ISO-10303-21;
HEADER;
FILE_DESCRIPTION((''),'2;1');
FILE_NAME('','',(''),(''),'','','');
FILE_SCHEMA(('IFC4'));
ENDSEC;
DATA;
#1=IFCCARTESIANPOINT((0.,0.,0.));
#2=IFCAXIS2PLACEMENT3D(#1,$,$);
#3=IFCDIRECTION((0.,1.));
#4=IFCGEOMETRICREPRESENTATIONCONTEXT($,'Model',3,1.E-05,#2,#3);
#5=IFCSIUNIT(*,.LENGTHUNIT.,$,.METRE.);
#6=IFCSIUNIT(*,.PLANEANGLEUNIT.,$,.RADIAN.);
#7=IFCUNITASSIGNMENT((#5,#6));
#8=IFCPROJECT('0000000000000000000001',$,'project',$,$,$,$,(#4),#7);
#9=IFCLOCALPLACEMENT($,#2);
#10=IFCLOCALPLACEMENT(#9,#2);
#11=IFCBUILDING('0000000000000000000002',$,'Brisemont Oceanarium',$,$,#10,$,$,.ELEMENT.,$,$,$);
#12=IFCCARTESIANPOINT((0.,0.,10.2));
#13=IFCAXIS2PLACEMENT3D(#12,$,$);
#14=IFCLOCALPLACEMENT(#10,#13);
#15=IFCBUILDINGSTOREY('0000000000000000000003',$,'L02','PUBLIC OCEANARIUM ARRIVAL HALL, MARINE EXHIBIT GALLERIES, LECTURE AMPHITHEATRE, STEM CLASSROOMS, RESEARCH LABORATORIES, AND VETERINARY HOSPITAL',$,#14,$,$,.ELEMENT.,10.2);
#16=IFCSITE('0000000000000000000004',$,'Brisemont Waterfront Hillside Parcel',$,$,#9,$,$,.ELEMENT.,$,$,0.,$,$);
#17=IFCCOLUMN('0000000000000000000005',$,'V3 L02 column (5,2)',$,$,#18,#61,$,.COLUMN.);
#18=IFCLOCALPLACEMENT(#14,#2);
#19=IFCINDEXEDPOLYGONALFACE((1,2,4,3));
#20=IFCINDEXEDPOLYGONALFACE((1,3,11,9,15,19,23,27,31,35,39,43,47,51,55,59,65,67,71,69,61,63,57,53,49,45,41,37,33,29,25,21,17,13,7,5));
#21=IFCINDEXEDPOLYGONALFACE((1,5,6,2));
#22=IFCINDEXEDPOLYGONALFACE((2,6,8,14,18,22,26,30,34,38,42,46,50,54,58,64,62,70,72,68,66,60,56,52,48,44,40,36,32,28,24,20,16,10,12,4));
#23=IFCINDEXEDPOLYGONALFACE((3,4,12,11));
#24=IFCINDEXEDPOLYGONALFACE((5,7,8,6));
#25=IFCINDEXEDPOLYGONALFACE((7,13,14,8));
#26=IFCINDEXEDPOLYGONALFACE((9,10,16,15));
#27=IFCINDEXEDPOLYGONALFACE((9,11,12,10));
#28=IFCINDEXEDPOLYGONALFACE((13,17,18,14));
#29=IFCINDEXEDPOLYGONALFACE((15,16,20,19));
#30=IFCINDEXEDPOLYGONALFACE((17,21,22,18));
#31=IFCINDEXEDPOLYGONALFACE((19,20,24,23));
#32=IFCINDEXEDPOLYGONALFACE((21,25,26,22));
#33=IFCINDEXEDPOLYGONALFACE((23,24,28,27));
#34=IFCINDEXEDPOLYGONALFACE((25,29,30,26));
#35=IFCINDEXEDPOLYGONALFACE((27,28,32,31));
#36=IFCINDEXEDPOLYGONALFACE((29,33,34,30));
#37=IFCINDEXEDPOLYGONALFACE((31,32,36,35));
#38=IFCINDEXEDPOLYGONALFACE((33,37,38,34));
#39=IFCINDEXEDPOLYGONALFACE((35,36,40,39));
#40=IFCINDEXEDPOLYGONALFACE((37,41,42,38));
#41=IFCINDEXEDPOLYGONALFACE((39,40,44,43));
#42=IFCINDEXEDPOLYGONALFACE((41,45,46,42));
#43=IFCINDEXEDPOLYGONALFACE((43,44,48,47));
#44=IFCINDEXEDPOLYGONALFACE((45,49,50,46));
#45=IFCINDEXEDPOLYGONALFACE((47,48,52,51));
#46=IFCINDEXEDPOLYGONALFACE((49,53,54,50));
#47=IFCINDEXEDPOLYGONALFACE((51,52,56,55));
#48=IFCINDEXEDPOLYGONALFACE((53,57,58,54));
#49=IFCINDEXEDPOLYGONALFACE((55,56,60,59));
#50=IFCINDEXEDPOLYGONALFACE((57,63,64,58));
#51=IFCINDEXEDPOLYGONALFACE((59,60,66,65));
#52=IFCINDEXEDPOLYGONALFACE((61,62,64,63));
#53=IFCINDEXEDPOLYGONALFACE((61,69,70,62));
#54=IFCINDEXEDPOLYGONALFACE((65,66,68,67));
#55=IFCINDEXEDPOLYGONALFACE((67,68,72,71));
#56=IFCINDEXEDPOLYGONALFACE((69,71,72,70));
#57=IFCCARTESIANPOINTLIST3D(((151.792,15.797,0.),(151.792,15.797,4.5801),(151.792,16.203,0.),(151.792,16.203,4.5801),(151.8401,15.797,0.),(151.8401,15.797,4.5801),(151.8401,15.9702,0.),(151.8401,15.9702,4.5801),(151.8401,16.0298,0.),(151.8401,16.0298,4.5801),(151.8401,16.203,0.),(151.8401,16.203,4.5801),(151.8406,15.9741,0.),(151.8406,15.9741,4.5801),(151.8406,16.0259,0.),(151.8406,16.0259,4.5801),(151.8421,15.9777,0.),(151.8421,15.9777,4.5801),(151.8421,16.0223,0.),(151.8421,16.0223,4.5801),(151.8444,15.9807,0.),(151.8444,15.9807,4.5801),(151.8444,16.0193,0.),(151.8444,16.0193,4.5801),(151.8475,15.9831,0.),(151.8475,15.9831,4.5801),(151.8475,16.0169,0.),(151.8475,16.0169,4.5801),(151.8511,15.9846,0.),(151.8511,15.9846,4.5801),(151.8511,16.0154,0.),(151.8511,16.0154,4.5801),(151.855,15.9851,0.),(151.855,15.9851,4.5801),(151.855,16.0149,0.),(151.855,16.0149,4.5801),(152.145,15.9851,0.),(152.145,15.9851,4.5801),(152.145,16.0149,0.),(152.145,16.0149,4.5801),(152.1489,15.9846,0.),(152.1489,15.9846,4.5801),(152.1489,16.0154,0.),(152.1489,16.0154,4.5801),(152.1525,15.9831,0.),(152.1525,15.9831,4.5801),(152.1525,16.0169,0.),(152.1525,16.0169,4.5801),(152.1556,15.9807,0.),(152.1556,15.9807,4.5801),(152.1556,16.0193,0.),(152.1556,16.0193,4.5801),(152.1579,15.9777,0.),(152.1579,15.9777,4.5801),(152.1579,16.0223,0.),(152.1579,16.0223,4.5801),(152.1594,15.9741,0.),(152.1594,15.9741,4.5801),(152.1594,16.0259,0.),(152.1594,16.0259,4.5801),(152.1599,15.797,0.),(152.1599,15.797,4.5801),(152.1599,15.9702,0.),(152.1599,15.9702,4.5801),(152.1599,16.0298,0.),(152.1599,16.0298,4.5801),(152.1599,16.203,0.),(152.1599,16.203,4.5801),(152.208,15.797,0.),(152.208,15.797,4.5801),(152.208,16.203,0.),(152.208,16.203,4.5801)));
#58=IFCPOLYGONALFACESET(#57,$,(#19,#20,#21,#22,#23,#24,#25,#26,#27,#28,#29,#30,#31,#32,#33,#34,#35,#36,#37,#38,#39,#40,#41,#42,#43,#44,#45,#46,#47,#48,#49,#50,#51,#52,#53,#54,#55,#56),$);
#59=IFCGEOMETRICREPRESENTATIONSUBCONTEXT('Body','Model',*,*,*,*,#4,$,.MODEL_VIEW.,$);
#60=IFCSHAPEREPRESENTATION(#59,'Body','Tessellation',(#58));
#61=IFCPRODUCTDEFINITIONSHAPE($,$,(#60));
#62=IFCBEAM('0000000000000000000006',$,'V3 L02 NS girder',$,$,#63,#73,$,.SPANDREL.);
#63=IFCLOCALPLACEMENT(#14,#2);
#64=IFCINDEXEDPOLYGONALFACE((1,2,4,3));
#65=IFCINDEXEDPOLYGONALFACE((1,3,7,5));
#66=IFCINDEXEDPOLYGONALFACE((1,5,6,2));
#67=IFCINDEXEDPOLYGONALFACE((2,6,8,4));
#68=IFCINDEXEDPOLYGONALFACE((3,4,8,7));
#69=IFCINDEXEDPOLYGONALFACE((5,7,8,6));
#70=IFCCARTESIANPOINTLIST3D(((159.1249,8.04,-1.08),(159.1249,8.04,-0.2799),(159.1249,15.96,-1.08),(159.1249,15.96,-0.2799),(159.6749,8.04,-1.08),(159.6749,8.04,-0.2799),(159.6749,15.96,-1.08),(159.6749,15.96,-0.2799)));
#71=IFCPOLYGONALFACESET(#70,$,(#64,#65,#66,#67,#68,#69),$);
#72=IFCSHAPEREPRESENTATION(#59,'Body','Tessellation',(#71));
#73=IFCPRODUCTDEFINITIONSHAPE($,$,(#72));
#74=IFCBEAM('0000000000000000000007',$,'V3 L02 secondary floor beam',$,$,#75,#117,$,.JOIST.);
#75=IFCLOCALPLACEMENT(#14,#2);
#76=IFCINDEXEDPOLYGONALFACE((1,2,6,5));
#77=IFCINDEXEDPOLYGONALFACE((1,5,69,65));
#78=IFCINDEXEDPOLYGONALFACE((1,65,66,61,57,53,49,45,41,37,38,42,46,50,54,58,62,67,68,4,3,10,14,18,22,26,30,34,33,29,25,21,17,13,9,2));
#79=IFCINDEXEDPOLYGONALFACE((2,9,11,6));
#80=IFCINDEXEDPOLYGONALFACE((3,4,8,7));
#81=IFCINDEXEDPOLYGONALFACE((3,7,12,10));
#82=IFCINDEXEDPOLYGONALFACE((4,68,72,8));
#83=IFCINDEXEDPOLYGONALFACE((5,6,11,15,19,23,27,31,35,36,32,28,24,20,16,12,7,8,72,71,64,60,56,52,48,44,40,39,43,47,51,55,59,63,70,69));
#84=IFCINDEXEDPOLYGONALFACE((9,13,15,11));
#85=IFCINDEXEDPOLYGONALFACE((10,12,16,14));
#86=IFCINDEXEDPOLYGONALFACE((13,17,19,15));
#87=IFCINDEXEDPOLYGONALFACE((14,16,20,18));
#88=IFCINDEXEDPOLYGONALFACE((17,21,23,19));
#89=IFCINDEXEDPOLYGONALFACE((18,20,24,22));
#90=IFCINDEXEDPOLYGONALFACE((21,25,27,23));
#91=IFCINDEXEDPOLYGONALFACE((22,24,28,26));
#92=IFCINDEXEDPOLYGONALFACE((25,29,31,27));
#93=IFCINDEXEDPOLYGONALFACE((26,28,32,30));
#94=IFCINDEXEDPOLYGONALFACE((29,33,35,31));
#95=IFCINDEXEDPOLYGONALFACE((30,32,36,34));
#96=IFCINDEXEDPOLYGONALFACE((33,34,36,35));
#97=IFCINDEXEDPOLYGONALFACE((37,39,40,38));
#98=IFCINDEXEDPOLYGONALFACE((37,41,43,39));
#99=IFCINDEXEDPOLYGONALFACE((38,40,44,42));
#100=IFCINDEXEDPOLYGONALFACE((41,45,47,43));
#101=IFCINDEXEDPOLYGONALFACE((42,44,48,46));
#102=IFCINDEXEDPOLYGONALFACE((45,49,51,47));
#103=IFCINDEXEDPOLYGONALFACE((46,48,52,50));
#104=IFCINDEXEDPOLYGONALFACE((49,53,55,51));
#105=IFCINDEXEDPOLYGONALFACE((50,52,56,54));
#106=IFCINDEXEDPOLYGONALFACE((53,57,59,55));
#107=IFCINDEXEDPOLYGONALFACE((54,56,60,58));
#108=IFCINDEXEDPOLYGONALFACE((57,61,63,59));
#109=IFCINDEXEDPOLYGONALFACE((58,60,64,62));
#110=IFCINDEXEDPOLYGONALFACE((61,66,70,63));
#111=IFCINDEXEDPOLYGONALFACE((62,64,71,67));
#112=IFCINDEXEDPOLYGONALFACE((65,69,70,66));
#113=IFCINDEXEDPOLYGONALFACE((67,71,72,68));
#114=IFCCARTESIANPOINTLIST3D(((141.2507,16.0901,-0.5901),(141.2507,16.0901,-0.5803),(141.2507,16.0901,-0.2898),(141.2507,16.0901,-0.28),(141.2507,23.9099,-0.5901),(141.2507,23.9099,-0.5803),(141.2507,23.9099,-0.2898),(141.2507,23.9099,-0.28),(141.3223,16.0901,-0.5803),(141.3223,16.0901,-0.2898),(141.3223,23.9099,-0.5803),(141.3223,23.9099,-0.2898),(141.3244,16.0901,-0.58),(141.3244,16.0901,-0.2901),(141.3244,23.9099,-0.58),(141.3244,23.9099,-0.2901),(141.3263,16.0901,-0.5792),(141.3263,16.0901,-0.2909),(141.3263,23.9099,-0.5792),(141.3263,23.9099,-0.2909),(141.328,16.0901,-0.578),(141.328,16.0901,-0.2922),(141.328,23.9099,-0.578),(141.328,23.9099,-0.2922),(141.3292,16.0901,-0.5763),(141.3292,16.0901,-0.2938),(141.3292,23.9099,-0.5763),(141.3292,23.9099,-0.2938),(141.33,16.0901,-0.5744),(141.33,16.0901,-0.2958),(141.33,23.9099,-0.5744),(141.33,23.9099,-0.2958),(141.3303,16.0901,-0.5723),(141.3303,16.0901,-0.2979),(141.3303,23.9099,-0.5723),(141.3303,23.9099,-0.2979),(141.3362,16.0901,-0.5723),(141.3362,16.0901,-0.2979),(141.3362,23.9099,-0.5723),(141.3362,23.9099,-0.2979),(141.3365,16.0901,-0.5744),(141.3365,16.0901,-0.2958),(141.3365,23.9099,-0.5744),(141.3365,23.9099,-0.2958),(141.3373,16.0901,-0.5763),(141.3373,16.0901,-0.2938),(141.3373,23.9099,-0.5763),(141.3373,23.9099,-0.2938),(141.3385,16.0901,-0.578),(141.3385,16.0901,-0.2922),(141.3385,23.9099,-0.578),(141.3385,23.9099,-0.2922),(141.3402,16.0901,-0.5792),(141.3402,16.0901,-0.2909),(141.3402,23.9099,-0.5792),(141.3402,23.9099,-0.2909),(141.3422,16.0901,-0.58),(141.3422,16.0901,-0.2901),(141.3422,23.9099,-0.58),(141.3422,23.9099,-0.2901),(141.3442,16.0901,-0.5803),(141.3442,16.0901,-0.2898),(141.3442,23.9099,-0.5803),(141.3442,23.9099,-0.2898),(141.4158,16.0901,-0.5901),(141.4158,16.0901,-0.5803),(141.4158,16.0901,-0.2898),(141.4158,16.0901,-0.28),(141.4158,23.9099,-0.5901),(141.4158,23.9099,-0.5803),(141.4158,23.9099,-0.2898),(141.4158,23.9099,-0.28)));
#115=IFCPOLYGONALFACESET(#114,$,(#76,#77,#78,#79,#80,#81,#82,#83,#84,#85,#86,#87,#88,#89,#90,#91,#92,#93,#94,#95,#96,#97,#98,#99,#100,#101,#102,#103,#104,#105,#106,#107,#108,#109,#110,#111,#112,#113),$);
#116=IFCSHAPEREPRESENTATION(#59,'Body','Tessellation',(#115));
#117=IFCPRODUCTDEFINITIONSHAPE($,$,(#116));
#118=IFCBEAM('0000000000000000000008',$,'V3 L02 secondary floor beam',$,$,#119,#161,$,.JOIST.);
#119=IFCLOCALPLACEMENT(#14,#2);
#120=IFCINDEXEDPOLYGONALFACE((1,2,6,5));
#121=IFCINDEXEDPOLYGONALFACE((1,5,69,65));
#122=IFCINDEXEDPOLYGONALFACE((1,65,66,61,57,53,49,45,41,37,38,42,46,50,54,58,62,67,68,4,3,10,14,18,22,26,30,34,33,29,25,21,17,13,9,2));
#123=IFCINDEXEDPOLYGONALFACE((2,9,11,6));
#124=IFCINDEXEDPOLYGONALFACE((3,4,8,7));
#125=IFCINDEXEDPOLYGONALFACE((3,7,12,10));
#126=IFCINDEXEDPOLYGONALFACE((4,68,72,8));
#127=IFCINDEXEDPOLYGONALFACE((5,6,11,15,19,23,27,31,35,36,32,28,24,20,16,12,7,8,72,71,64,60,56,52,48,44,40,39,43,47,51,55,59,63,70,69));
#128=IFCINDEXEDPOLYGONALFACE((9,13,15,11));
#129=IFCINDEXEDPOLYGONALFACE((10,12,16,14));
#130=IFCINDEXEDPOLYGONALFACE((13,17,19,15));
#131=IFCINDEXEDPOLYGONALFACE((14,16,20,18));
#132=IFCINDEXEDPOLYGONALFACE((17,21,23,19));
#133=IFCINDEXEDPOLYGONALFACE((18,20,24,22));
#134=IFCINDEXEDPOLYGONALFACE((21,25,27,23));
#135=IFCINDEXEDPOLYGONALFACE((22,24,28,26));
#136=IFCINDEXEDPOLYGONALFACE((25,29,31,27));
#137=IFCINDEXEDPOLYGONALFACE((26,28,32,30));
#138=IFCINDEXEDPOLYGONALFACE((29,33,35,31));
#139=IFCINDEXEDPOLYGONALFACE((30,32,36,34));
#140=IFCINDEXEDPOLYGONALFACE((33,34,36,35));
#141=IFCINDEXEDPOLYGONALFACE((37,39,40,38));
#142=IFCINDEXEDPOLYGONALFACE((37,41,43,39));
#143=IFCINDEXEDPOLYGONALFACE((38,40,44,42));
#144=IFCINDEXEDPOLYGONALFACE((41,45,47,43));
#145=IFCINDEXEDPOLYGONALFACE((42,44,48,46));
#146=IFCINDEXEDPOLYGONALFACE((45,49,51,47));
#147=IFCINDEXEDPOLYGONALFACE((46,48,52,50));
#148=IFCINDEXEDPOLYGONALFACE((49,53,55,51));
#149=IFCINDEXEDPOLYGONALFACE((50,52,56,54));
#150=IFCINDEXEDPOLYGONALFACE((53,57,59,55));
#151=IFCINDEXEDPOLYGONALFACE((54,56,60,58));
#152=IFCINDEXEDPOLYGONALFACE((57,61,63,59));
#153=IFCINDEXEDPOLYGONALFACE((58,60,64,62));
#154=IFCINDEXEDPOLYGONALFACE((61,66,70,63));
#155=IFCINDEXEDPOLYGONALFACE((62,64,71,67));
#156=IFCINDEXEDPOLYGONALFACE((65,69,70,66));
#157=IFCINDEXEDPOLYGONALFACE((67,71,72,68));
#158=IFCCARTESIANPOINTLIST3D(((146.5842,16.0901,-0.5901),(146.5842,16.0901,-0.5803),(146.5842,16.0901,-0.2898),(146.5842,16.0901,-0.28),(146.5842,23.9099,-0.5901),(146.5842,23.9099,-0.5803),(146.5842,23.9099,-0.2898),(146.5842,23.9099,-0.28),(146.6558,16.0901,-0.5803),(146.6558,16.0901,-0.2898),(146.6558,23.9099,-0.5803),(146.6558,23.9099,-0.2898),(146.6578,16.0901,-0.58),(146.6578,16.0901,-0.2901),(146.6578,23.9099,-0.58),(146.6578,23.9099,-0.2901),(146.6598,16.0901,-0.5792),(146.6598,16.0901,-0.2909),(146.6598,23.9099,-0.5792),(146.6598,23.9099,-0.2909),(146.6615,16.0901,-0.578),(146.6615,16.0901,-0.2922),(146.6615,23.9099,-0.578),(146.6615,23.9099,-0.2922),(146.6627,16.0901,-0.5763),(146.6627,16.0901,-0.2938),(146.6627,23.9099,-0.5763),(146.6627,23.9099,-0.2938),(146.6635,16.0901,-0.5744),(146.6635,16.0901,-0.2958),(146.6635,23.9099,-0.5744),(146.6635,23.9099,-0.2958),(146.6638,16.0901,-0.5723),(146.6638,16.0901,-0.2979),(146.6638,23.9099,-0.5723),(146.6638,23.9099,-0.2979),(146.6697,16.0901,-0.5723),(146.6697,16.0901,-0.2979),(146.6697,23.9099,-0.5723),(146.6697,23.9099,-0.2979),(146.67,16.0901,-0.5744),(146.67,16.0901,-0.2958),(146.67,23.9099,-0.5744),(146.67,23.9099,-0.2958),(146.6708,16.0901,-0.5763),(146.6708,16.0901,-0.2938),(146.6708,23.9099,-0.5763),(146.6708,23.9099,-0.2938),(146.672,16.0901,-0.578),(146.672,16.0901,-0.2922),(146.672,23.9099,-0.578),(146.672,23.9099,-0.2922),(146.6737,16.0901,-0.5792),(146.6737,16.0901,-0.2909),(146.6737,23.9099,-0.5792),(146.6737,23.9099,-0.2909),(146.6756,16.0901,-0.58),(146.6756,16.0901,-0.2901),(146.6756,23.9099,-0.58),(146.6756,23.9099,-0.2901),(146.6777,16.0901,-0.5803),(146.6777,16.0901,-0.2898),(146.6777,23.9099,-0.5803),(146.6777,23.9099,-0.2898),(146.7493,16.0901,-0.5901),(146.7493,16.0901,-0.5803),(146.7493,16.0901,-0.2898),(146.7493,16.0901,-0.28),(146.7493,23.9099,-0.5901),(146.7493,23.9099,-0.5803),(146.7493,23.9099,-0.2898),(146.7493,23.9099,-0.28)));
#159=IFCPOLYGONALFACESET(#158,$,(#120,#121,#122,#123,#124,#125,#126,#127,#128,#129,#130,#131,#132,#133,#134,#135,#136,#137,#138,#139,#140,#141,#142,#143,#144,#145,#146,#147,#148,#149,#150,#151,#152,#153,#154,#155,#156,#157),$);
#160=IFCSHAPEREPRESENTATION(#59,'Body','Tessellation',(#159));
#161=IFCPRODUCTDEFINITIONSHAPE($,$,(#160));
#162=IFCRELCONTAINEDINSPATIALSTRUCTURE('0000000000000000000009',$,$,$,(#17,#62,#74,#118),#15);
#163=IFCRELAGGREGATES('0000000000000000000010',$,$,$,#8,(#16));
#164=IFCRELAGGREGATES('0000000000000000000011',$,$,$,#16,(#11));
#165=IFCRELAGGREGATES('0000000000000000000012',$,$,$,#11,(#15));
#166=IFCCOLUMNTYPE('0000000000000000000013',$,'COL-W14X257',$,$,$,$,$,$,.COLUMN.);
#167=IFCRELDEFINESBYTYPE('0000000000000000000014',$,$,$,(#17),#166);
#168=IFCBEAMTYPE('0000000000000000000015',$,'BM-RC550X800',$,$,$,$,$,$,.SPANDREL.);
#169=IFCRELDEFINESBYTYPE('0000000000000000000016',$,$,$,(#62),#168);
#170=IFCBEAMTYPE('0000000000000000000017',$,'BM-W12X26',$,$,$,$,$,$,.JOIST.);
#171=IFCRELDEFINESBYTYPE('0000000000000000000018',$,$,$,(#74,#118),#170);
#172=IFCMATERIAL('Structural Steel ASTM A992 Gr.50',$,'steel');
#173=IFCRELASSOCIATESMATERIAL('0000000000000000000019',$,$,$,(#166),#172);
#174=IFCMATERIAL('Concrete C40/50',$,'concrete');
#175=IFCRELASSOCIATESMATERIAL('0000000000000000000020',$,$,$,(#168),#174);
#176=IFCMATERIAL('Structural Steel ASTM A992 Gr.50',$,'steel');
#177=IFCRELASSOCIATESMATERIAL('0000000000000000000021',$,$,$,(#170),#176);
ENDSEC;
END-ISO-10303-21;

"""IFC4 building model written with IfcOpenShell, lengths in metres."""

from ifc_helpers import new_model, si_unit, direction, frame, origin, origin_2d, place, context, subcontext, project, spatial, rectangle, i_section, extrude, material, material_profile, profile_set, type_object, element, save


model = new_model("IFC4")

# Units and contexts
model_context = context("Model", 3, precision=1e-05, world=origin(), true_north=direction((0.0, 1.0)))
body_context = subcontext(model_context, "Body", "Model", "MODEL_VIEW")
ifc_project = project(units=[si_unit("LENGTHUNIT", "METRE"), si_unit("PLANEANGLEUNIT", "RADIAN")], contexts=[model_context])

# Site, building, storey
site_placement = place(None, origin())
site = spatial("IfcSite", under=ifc_project, at=site_placement, Name="Brisemont Waterfront Hillside Parcel", CompositionType="ELEMENT", RefElevation=0.0)
building_placement = place(site_placement, origin())
building = spatial("IfcBuilding", under=site, at=building_placement, Name="Brisemont Oceanarium", CompositionType="ELEMENT")
storey_placement = place(building_placement, frame((0.0, 0.0, 10.2)))
storey = spatial("IfcBuildingStorey", under=building, at=storey_placement, Name="L02", Description="PUBLIC OCEANARIUM ARRIVAL HALL, MARINE EXHIBIT GALLERIES, LECTURE AMPHITHEATRE, STEM CLASSROOMS, RESEARCH LABORATORIES, AND VETERINARY HOSPITAL", CompositionType="ELEMENT", Elevation=10.2)

# Column
ifc_material_1 = material(Name="Structural Steel ASTM A992 Gr.50", Category="steel")
ifc_material_profile_1 = material_profile(ifc_material_1, i_section(OverallWidth=0.406, OverallDepth=0.416, WebThickness=0.0298, FlangeThickness=0.0481, FilletRadius=0.0149, at=origin_2d()), Name="W14X257")
ifc_profile_set_1 = profile_set([ifc_material_profile_1], Name="Structural Steel ASTM A992 Gr.50")
column_type_1 = type_object("IfcColumnType", Name="COL-W14X257", PredefinedType="COLUMN", material=ifc_profile_set_1)
column_1_placement = place(storey_placement, frame((152.0, 16.0, 0.0), z_axis=(0.0, 0.0, 1.0), x_axis=(0.0, 1.0, 0.0)))
element("IfcColumn", 1, at=column_1_placement, inside=storey, type_object=column_type_1, Name="V3 L02 column (5,2)", PredefinedType="COLUMN", context=body_context, shape_type="SweptSolid", body=[
    extrude(i_section(OverallWidth=0.406, OverallDepth=0.416, WebThickness=0.0298, FlangeThickness=0.0481, FilletRadius=0.0149, at=origin_2d()), origin(), (0.0, 0.0, 1.0), 4.5801),
])

# Beams
ifc_material_2 = material(Name="Concrete C40/50", Category="concrete")
ifc_material_profile_2 = material_profile(ifc_material_2, rectangle(XDim=0.55, YDim=0.8, at=origin_2d()), Name="RC-BM-550X800")
ifc_profile_set_2 = profile_set([ifc_material_profile_2], Name="Concrete C40/50")
beam_type_1 = type_object("IfcBeamType", Name="BM-RC550X800", PredefinedType="SPANDREL", material=ifc_profile_set_2)
beam_1_placement = place(storey_placement, frame((159.3999, 8.04, -0.6799), z_axis=(0.0, 1.0, 0.0), x_axis=(-1.0, 0.0, 0.0)))
element("IfcBeam", 2, at=beam_1_placement, inside=storey, type_object=beam_type_1, Name="V3 L02 NS girder", PredefinedType="SPANDREL", context=body_context, shape_type="SweptSolid", body=[
    extrude(rectangle(XDim=0.55, YDim=0.8, at=origin_2d()), origin(), (0.0, 0.0, 1.0), 7.9199),
])
ifc_material_3 = material(Name="Structural Steel ASTM A992 Gr.50", Category="steel")
ifc_material_profile_3 = material_profile(ifc_material_3, i_section(OverallWidth=0.165, OverallDepth=0.3101, WebThickness=0.0059, FlangeThickness=0.0098, FilletRadius=0.0081, at=origin_2d()), Name="W12X26")
ifc_profile_set_3 = profile_set([ifc_material_profile_3], Name="Structural Steel ASTM A992 Gr.50")
beam_type_2 = type_object("IfcBeamType", Name="BM-W12X26", PredefinedType="JOIST", material=ifc_profile_set_3)
for number, where, z_axis, x_axis, name in (
    (3, (141.3333, 16.0901, -0.4351), (0.0, 1.0, 0.0), (-1.0, 0.0, 0.0), "V3 L02 secondary floor beam"),
    (4, (146.6667, 16.0901, -0.4351), (0.0, 1.0, 0.0), (-1.0, 0.0, 0.0), "V3 L02 secondary floor beam"),
):
    element("IfcBeam", number, at=place(storey_placement, frame(where, z_axis=z_axis, x_axis=x_axis)), inside=storey, type_object=beam_type_2, Name=name, PredefinedType="JOIST", context=body_context, shape_type="SweptSolid", body=[
        extrude(i_section(OverallWidth=0.165, OverallDepth=0.3101, WebThickness=0.0059, FlangeThickness=0.0098, FilletRadius=0.0081, at=origin_2d()), origin(), (0.0, 0.0, 1.0), 7.8198),
    ])

save(model, "model.ifc")
